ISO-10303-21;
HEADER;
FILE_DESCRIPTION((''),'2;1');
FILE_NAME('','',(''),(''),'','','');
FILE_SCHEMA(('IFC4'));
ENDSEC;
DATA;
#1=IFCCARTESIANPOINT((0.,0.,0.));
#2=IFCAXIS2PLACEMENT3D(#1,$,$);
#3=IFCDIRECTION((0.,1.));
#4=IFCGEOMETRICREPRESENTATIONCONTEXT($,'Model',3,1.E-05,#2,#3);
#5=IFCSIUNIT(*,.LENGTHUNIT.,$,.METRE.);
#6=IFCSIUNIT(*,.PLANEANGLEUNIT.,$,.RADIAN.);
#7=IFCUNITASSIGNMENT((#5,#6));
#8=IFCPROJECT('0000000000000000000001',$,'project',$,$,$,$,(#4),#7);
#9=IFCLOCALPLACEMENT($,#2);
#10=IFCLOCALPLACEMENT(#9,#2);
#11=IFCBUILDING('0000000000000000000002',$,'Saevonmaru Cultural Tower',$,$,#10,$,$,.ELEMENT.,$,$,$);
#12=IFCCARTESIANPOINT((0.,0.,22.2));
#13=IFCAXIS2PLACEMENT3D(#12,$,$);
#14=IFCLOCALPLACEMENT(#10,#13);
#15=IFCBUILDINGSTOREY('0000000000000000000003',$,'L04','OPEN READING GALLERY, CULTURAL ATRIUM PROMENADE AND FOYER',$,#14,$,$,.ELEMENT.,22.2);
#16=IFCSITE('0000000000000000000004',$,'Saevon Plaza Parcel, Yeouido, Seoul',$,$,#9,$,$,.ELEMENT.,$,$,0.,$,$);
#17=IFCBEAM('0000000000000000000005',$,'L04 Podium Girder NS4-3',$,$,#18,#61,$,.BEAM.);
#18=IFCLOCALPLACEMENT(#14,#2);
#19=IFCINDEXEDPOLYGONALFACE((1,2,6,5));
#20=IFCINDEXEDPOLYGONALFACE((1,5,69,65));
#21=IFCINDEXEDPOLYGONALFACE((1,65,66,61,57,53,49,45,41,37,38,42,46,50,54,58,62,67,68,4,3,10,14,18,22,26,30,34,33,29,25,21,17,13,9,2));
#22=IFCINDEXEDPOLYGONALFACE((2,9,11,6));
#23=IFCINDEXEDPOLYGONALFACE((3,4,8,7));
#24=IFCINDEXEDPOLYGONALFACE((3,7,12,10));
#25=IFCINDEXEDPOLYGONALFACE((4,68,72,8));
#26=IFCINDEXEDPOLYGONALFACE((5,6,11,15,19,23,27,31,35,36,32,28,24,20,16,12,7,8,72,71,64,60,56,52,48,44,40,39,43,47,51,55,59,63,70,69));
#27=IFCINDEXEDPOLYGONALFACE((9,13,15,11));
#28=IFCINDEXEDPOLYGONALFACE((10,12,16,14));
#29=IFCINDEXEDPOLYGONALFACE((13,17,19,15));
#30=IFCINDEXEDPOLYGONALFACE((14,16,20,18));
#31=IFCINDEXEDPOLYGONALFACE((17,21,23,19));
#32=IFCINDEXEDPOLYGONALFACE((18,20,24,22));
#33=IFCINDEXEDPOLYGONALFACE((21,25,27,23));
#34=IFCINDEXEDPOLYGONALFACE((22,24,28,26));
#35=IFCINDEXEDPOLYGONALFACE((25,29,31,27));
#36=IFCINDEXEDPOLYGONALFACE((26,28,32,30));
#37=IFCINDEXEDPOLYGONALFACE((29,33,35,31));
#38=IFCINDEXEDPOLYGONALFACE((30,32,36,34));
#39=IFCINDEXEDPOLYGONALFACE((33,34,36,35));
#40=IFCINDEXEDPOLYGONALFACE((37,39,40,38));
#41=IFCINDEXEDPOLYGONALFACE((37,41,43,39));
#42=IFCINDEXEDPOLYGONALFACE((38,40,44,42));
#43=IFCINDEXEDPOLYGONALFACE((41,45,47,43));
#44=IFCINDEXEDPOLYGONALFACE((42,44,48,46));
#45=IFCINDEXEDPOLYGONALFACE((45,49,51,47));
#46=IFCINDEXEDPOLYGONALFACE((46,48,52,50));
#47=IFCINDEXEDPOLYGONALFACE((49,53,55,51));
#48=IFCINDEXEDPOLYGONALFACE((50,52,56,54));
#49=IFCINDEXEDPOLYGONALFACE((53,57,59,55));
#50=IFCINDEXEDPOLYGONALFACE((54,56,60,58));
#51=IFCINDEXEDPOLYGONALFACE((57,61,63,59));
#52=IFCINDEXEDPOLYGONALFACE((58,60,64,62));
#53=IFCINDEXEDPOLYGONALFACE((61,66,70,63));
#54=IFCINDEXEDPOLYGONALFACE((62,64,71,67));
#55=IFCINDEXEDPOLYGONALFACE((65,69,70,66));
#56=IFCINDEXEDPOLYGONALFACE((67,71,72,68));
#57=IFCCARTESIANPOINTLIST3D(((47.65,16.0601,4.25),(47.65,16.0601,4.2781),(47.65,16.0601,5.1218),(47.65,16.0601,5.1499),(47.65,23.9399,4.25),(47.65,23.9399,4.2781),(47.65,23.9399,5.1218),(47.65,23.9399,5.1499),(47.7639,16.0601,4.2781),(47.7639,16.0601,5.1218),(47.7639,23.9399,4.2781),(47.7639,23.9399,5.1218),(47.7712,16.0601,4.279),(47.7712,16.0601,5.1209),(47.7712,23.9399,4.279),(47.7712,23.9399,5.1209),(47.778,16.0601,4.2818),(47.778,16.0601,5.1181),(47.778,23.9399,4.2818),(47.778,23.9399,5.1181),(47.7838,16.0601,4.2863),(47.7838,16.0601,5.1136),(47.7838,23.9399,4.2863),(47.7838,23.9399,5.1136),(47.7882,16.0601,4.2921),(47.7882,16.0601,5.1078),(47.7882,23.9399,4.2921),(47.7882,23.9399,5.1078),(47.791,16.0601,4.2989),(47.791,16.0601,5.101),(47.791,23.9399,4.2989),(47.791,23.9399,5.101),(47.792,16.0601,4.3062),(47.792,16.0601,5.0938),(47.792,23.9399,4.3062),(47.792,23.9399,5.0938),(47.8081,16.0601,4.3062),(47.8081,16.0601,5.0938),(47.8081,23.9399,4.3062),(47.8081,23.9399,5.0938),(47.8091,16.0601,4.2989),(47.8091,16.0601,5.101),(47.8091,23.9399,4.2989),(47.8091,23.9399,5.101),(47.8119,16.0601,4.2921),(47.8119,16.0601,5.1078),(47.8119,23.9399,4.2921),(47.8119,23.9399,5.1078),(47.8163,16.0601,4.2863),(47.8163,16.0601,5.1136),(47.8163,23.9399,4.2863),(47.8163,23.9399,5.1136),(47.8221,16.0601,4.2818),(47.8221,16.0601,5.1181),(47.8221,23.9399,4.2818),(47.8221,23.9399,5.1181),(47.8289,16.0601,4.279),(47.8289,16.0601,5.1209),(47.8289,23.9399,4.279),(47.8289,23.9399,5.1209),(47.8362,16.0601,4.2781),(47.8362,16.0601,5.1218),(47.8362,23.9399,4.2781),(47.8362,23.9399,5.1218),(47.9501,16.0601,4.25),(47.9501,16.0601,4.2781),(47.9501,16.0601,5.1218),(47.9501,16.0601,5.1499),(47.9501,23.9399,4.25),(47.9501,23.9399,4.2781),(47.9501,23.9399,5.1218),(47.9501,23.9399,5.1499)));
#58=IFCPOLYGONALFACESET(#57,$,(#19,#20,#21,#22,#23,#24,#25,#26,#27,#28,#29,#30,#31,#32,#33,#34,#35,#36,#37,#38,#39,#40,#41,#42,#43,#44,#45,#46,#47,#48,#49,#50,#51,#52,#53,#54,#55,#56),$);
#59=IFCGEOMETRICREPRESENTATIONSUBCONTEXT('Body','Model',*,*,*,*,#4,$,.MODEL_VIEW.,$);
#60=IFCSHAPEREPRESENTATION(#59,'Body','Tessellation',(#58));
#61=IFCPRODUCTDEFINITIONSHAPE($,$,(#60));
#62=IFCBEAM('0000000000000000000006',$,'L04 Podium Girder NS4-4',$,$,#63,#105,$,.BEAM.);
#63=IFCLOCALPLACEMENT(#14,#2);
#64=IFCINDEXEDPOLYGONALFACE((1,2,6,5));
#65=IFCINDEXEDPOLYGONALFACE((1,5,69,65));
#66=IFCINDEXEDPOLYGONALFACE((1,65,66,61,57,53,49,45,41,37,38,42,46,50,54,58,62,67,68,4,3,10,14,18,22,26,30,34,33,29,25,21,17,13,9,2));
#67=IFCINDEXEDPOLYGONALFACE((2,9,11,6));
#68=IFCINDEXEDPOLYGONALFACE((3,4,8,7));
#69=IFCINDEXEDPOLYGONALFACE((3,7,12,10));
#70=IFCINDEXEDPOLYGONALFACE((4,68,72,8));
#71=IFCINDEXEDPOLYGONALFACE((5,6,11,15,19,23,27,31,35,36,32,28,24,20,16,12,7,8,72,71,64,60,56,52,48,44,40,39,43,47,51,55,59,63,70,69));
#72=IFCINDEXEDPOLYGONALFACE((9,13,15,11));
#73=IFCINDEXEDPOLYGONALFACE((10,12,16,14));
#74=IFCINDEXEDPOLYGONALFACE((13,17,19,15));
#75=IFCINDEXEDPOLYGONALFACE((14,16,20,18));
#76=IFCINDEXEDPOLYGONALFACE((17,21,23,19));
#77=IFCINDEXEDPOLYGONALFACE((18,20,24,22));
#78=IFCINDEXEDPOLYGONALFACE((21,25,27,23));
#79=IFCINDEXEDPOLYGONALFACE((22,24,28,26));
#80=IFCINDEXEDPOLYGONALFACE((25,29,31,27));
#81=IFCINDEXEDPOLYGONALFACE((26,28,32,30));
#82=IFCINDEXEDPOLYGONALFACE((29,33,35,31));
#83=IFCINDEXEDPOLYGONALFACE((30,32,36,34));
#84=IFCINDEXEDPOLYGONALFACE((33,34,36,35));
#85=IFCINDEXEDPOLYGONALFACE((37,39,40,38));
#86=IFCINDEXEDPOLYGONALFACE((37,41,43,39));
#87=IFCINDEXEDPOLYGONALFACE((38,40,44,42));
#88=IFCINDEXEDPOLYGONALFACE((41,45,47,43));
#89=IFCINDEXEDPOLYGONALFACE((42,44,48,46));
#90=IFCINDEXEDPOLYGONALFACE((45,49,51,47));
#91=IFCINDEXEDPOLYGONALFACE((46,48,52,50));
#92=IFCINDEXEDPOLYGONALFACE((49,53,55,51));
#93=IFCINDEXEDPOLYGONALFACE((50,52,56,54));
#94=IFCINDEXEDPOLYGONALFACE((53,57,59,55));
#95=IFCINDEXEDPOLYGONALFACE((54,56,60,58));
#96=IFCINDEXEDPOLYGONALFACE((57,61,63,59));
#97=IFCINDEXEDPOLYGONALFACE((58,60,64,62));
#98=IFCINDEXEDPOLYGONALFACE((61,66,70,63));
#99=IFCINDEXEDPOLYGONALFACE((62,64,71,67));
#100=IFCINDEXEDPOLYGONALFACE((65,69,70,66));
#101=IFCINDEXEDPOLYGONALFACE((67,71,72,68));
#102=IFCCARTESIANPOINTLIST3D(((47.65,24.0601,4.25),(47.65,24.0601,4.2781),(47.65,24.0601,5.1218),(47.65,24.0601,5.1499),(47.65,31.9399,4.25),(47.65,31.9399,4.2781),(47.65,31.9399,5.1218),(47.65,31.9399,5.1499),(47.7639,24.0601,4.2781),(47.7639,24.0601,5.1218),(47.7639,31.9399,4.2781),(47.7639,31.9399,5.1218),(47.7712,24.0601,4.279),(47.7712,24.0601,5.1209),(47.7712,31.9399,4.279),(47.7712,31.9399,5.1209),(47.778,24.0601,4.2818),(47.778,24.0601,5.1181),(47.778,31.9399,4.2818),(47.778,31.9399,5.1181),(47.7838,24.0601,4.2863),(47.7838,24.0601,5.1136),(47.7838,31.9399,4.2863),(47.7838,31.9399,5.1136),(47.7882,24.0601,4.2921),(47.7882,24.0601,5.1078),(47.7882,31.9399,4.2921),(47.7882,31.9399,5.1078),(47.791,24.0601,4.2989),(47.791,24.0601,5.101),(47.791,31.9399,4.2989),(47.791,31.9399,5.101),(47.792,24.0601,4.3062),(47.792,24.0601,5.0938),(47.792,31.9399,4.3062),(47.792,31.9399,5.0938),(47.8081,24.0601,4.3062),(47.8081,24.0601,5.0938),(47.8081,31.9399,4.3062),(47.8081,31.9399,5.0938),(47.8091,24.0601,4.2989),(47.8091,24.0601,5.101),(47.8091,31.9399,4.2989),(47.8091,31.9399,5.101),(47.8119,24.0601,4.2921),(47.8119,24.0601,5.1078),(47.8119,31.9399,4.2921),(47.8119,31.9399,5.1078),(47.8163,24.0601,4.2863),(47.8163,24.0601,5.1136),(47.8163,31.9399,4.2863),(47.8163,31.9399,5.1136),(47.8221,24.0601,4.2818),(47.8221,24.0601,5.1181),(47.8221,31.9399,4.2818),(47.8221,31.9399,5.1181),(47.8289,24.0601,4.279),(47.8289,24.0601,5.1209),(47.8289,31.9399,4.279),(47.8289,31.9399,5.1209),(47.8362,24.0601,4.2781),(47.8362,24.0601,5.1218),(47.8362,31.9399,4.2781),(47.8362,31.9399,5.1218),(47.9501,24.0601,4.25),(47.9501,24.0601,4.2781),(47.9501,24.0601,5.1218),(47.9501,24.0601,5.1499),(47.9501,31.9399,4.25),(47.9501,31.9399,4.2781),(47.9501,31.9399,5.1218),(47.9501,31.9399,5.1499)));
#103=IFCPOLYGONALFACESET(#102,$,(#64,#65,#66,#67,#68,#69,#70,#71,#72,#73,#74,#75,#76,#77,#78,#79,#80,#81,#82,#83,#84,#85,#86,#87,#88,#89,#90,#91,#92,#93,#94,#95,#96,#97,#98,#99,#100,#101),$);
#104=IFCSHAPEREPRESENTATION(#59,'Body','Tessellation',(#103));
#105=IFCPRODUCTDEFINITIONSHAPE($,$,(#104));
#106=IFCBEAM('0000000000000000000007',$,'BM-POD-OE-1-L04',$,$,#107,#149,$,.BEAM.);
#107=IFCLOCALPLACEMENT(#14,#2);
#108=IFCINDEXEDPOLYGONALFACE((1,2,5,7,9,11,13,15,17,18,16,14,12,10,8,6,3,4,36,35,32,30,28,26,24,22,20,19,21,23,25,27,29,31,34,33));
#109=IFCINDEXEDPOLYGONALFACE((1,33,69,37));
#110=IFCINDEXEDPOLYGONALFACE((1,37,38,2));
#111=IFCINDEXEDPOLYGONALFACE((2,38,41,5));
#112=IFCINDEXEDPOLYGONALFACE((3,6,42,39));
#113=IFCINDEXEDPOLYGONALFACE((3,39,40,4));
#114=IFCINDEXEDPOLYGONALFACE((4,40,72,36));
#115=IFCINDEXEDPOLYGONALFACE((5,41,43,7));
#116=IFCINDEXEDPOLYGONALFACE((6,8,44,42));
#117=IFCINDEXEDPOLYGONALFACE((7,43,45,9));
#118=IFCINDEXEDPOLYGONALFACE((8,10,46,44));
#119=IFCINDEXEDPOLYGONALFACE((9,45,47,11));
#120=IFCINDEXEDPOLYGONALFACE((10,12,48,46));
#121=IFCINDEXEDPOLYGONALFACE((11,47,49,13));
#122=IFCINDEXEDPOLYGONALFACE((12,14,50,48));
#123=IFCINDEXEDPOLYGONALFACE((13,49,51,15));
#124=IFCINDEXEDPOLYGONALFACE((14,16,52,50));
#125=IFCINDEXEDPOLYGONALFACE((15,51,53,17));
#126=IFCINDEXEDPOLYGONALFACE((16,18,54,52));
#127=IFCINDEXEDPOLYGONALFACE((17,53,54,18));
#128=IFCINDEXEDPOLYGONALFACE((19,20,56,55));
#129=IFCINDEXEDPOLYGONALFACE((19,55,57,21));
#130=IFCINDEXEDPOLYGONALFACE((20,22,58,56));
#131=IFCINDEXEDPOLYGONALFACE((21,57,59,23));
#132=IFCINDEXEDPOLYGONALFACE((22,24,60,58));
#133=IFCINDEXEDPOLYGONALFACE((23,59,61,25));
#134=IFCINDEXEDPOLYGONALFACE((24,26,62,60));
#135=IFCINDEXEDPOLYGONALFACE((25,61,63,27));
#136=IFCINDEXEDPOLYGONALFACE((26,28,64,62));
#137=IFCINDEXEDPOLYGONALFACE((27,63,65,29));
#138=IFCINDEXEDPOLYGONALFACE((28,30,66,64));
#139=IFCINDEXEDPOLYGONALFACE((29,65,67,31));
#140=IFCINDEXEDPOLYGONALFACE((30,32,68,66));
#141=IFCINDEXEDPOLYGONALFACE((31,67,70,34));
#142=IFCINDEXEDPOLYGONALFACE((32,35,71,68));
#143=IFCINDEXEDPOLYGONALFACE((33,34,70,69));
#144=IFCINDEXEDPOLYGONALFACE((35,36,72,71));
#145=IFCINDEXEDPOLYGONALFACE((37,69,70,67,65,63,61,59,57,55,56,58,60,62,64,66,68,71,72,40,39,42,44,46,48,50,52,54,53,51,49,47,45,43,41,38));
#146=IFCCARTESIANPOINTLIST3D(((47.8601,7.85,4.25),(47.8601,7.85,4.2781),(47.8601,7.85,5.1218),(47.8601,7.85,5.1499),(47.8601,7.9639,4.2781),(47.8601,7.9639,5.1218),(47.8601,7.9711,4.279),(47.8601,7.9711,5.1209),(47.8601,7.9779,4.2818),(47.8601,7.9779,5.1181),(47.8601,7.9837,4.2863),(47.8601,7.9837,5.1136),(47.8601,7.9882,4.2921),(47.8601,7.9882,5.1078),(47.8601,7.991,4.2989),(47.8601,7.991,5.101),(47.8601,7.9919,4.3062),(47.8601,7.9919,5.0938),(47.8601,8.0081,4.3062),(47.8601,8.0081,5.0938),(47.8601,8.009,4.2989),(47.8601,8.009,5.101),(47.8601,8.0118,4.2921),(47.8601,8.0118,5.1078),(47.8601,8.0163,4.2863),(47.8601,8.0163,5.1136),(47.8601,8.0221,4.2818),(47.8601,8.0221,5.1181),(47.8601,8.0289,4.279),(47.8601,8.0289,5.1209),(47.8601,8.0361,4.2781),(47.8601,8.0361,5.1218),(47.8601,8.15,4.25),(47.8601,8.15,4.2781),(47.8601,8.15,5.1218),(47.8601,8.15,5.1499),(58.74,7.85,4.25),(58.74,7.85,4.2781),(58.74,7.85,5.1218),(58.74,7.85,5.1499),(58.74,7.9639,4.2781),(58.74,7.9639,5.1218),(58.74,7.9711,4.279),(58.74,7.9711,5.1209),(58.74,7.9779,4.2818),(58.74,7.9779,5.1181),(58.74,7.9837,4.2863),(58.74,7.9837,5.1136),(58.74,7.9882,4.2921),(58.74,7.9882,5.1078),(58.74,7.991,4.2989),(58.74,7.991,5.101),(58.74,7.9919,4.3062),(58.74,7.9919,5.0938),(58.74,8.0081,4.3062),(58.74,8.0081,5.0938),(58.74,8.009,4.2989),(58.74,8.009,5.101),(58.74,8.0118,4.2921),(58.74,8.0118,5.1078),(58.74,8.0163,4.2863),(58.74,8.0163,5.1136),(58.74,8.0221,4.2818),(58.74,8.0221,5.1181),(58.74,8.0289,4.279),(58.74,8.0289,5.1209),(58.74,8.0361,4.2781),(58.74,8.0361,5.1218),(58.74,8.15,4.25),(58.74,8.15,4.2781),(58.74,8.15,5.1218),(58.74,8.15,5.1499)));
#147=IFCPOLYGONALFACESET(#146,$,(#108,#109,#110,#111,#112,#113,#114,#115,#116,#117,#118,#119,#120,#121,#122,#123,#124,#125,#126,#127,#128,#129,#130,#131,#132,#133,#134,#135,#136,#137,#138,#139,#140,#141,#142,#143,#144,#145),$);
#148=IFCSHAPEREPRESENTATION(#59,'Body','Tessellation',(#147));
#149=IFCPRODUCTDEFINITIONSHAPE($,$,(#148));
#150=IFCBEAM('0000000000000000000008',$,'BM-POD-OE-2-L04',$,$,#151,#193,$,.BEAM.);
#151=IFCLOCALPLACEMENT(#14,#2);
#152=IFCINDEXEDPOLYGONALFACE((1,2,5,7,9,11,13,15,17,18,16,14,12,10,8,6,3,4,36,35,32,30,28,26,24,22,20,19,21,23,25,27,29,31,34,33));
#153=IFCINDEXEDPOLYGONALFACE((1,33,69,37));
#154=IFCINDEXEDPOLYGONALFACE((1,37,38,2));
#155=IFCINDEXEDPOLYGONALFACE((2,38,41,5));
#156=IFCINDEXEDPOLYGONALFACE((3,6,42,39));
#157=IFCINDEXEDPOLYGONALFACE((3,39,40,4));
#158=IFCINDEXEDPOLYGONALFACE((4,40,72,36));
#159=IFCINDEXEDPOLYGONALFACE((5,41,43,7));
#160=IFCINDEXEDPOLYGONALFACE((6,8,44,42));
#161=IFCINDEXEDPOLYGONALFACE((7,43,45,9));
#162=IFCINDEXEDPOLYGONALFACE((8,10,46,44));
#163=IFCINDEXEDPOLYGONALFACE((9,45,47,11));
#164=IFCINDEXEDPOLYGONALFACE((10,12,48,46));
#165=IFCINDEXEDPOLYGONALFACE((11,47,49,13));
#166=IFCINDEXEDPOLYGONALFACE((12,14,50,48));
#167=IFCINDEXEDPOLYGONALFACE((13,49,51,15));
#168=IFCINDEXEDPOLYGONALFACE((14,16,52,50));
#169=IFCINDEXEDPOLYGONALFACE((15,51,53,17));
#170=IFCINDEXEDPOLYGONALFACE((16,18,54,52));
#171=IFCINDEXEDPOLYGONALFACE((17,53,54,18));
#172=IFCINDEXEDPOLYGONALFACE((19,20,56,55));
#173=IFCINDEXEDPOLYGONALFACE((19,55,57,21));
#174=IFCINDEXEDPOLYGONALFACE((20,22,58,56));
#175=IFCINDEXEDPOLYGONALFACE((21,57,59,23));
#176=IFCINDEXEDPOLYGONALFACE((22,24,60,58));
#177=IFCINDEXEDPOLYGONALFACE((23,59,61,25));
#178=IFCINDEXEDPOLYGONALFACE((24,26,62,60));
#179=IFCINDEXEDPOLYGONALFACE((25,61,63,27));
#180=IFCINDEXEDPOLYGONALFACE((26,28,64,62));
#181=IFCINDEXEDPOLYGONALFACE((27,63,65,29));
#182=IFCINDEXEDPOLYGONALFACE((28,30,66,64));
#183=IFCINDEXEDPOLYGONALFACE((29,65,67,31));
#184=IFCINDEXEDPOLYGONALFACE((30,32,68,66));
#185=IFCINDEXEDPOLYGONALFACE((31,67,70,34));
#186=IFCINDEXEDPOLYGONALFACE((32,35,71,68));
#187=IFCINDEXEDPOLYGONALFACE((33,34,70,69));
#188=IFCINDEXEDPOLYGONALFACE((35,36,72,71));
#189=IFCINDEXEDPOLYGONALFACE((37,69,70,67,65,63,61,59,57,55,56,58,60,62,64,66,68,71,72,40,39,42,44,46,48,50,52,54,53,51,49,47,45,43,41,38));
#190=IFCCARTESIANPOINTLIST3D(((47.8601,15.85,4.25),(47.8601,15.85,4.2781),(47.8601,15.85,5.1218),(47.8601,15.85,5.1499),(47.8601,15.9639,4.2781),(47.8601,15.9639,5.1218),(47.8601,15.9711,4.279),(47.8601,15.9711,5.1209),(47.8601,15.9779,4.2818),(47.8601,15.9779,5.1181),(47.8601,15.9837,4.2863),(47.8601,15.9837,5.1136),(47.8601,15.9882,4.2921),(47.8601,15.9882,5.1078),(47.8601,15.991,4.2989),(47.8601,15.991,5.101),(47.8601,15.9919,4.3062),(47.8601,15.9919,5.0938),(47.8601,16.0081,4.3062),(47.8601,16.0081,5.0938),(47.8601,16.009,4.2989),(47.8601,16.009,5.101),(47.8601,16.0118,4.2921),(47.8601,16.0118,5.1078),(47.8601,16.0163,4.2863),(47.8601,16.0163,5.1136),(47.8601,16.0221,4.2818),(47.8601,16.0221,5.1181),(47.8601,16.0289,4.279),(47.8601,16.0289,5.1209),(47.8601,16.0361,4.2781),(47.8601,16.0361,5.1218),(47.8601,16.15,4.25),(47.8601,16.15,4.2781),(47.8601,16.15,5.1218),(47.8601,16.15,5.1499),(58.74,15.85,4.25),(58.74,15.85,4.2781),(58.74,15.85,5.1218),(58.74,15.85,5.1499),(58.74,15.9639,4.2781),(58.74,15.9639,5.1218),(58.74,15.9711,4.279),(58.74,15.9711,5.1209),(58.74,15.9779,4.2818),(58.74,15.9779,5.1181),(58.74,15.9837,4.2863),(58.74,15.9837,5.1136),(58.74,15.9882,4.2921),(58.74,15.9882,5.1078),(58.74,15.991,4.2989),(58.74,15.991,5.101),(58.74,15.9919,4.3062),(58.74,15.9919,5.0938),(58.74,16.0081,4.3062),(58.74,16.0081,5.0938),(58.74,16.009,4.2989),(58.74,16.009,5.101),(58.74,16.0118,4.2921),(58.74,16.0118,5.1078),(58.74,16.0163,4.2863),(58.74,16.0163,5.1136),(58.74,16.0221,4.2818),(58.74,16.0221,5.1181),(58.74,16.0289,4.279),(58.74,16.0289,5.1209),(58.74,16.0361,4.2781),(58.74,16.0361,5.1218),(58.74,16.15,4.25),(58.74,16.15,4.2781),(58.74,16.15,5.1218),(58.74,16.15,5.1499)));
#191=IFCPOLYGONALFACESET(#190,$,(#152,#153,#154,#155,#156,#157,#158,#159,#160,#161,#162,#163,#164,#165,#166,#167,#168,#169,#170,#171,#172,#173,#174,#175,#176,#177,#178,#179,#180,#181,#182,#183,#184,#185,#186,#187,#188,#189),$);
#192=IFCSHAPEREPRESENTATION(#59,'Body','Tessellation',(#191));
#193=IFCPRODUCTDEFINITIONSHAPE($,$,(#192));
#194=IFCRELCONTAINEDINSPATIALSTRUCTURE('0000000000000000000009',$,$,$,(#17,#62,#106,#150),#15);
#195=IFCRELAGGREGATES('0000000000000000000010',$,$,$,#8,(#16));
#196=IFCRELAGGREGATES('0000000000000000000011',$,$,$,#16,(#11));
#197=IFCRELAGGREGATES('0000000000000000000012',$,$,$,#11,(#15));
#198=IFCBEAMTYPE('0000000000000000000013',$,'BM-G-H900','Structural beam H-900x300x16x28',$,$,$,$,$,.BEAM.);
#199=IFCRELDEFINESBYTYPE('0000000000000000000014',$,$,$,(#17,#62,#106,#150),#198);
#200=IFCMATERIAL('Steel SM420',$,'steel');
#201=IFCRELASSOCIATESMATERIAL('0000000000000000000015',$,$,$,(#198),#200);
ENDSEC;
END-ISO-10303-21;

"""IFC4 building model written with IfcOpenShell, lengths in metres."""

from ifc_helpers import new_model, si_unit, direction, frame, origin, origin_2d, place, context, subcontext, project, spatial, i_section, extrude, material, material_profile, profile_set, type_object, element, save


model = new_model("IFC4")

# Units and contexts
model_context = context("Model", 3, precision=1e-05, world=origin(), true_north=direction((0.0, 1.0)))
body_context = subcontext(model_context, "Body", "Model", "MODEL_VIEW")
ifc_project = project(units=[si_unit("LENGTHUNIT", "METRE"), si_unit("PLANEANGLEUNIT", "RADIAN")], contexts=[model_context])

# Site, building, storey
site_placement = place(None, origin())
site = spatial("IfcSite", under=ifc_project, at=site_placement, Name="Saevon Plaza Parcel, Yeouido, Seoul", CompositionType="ELEMENT", RefElevation=0.0)
building_placement = place(site_placement, origin())
building = spatial("IfcBuilding", under=site, at=building_placement, Name="Saevonmaru Cultural Tower", CompositionType="ELEMENT")
storey_placement = place(building_placement, frame((0.0, 0.0, 22.2)))
storey = spatial("IfcBuildingStorey", under=building, at=storey_placement, Name="L04", Description="OPEN READING GALLERY, CULTURAL ATRIUM PROMENADE AND FOYER", CompositionType="ELEMENT", Elevation=22.2)

# Beams
ifc_material_1 = material(Name="Steel SM420", Category="steel")
ifc_material_profile_1 = material_profile(ifc_material_1, i_section(OverallWidth=0.3, OverallDepth=0.8999, WebThickness=0.0161, FlangeThickness=0.0281, FilletRadius=0.0281, at=origin_2d()), Name="H-900x300x16x28")
ifc_profile_set_1 = profile_set([ifc_material_profile_1], Name="Steel SM420")
beam_type_1 = type_object("IfcBeamType", Name="BM-G-H900", Description="Structural beam H-900x300x16x28", PredefinedType="BEAM", material=ifc_profile_set_1)
for number, where, z_axis, x_axis, name in (
    (1, (47.8, 16.0601, 4.7), (0.0, 1.0, 0.0), (-1.0, 0.0, 0.0), "L04 Podium Girder NS4-3"),
    (2, (47.8, 24.0601, 4.7), (0.0, 1.0, 0.0), (-1.0, 0.0, 0.0), "L04 Podium Girder NS4-4"),
):
    element("IfcBeam", number, at=place(storey_placement, frame(where, z_axis=z_axis, x_axis=x_axis)), inside=storey, type_object=beam_type_1, Name=name, PredefinedType="BEAM", context=body_context, shape_type="SweptSolid", body=[
        extrude(i_section(OverallWidth=0.3, OverallDepth=0.8999, WebThickness=0.0161, FlangeThickness=0.0281, FilletRadius=0.0281, at=origin_2d()), origin(), (0.0, 0.0, 1.0), 7.8799),
    ])
for number, where, z_axis, x_axis, name in (
    (3, (47.8601, 8.0, 4.7), (1.0, 0.0, 0.0), (0.0, 1.0, 0.0), "BM-POD-OE-1-L04"),
    (4, (47.8601, 16.0, 4.7), (1.0, 0.0, 0.0), (0.0, 1.0, 0.0), "BM-POD-OE-2-L04"),
):
    element("IfcBeam", number, at=place(storey_placement, frame(where, z_axis=z_axis, x_axis=x_axis)), inside=storey, type_object=beam_type_1, Name=name, PredefinedType="BEAM", context=body_context, shape_type="SweptSolid", body=[
        extrude(i_section(OverallWidth=0.3, OverallDepth=0.8999, WebThickness=0.0161, FlangeThickness=0.0281, FilletRadius=0.0281, at=origin_2d()), origin(), (0.0, 0.0, 1.0), 10.8799),
    ])

save(model, "model.ifc")
